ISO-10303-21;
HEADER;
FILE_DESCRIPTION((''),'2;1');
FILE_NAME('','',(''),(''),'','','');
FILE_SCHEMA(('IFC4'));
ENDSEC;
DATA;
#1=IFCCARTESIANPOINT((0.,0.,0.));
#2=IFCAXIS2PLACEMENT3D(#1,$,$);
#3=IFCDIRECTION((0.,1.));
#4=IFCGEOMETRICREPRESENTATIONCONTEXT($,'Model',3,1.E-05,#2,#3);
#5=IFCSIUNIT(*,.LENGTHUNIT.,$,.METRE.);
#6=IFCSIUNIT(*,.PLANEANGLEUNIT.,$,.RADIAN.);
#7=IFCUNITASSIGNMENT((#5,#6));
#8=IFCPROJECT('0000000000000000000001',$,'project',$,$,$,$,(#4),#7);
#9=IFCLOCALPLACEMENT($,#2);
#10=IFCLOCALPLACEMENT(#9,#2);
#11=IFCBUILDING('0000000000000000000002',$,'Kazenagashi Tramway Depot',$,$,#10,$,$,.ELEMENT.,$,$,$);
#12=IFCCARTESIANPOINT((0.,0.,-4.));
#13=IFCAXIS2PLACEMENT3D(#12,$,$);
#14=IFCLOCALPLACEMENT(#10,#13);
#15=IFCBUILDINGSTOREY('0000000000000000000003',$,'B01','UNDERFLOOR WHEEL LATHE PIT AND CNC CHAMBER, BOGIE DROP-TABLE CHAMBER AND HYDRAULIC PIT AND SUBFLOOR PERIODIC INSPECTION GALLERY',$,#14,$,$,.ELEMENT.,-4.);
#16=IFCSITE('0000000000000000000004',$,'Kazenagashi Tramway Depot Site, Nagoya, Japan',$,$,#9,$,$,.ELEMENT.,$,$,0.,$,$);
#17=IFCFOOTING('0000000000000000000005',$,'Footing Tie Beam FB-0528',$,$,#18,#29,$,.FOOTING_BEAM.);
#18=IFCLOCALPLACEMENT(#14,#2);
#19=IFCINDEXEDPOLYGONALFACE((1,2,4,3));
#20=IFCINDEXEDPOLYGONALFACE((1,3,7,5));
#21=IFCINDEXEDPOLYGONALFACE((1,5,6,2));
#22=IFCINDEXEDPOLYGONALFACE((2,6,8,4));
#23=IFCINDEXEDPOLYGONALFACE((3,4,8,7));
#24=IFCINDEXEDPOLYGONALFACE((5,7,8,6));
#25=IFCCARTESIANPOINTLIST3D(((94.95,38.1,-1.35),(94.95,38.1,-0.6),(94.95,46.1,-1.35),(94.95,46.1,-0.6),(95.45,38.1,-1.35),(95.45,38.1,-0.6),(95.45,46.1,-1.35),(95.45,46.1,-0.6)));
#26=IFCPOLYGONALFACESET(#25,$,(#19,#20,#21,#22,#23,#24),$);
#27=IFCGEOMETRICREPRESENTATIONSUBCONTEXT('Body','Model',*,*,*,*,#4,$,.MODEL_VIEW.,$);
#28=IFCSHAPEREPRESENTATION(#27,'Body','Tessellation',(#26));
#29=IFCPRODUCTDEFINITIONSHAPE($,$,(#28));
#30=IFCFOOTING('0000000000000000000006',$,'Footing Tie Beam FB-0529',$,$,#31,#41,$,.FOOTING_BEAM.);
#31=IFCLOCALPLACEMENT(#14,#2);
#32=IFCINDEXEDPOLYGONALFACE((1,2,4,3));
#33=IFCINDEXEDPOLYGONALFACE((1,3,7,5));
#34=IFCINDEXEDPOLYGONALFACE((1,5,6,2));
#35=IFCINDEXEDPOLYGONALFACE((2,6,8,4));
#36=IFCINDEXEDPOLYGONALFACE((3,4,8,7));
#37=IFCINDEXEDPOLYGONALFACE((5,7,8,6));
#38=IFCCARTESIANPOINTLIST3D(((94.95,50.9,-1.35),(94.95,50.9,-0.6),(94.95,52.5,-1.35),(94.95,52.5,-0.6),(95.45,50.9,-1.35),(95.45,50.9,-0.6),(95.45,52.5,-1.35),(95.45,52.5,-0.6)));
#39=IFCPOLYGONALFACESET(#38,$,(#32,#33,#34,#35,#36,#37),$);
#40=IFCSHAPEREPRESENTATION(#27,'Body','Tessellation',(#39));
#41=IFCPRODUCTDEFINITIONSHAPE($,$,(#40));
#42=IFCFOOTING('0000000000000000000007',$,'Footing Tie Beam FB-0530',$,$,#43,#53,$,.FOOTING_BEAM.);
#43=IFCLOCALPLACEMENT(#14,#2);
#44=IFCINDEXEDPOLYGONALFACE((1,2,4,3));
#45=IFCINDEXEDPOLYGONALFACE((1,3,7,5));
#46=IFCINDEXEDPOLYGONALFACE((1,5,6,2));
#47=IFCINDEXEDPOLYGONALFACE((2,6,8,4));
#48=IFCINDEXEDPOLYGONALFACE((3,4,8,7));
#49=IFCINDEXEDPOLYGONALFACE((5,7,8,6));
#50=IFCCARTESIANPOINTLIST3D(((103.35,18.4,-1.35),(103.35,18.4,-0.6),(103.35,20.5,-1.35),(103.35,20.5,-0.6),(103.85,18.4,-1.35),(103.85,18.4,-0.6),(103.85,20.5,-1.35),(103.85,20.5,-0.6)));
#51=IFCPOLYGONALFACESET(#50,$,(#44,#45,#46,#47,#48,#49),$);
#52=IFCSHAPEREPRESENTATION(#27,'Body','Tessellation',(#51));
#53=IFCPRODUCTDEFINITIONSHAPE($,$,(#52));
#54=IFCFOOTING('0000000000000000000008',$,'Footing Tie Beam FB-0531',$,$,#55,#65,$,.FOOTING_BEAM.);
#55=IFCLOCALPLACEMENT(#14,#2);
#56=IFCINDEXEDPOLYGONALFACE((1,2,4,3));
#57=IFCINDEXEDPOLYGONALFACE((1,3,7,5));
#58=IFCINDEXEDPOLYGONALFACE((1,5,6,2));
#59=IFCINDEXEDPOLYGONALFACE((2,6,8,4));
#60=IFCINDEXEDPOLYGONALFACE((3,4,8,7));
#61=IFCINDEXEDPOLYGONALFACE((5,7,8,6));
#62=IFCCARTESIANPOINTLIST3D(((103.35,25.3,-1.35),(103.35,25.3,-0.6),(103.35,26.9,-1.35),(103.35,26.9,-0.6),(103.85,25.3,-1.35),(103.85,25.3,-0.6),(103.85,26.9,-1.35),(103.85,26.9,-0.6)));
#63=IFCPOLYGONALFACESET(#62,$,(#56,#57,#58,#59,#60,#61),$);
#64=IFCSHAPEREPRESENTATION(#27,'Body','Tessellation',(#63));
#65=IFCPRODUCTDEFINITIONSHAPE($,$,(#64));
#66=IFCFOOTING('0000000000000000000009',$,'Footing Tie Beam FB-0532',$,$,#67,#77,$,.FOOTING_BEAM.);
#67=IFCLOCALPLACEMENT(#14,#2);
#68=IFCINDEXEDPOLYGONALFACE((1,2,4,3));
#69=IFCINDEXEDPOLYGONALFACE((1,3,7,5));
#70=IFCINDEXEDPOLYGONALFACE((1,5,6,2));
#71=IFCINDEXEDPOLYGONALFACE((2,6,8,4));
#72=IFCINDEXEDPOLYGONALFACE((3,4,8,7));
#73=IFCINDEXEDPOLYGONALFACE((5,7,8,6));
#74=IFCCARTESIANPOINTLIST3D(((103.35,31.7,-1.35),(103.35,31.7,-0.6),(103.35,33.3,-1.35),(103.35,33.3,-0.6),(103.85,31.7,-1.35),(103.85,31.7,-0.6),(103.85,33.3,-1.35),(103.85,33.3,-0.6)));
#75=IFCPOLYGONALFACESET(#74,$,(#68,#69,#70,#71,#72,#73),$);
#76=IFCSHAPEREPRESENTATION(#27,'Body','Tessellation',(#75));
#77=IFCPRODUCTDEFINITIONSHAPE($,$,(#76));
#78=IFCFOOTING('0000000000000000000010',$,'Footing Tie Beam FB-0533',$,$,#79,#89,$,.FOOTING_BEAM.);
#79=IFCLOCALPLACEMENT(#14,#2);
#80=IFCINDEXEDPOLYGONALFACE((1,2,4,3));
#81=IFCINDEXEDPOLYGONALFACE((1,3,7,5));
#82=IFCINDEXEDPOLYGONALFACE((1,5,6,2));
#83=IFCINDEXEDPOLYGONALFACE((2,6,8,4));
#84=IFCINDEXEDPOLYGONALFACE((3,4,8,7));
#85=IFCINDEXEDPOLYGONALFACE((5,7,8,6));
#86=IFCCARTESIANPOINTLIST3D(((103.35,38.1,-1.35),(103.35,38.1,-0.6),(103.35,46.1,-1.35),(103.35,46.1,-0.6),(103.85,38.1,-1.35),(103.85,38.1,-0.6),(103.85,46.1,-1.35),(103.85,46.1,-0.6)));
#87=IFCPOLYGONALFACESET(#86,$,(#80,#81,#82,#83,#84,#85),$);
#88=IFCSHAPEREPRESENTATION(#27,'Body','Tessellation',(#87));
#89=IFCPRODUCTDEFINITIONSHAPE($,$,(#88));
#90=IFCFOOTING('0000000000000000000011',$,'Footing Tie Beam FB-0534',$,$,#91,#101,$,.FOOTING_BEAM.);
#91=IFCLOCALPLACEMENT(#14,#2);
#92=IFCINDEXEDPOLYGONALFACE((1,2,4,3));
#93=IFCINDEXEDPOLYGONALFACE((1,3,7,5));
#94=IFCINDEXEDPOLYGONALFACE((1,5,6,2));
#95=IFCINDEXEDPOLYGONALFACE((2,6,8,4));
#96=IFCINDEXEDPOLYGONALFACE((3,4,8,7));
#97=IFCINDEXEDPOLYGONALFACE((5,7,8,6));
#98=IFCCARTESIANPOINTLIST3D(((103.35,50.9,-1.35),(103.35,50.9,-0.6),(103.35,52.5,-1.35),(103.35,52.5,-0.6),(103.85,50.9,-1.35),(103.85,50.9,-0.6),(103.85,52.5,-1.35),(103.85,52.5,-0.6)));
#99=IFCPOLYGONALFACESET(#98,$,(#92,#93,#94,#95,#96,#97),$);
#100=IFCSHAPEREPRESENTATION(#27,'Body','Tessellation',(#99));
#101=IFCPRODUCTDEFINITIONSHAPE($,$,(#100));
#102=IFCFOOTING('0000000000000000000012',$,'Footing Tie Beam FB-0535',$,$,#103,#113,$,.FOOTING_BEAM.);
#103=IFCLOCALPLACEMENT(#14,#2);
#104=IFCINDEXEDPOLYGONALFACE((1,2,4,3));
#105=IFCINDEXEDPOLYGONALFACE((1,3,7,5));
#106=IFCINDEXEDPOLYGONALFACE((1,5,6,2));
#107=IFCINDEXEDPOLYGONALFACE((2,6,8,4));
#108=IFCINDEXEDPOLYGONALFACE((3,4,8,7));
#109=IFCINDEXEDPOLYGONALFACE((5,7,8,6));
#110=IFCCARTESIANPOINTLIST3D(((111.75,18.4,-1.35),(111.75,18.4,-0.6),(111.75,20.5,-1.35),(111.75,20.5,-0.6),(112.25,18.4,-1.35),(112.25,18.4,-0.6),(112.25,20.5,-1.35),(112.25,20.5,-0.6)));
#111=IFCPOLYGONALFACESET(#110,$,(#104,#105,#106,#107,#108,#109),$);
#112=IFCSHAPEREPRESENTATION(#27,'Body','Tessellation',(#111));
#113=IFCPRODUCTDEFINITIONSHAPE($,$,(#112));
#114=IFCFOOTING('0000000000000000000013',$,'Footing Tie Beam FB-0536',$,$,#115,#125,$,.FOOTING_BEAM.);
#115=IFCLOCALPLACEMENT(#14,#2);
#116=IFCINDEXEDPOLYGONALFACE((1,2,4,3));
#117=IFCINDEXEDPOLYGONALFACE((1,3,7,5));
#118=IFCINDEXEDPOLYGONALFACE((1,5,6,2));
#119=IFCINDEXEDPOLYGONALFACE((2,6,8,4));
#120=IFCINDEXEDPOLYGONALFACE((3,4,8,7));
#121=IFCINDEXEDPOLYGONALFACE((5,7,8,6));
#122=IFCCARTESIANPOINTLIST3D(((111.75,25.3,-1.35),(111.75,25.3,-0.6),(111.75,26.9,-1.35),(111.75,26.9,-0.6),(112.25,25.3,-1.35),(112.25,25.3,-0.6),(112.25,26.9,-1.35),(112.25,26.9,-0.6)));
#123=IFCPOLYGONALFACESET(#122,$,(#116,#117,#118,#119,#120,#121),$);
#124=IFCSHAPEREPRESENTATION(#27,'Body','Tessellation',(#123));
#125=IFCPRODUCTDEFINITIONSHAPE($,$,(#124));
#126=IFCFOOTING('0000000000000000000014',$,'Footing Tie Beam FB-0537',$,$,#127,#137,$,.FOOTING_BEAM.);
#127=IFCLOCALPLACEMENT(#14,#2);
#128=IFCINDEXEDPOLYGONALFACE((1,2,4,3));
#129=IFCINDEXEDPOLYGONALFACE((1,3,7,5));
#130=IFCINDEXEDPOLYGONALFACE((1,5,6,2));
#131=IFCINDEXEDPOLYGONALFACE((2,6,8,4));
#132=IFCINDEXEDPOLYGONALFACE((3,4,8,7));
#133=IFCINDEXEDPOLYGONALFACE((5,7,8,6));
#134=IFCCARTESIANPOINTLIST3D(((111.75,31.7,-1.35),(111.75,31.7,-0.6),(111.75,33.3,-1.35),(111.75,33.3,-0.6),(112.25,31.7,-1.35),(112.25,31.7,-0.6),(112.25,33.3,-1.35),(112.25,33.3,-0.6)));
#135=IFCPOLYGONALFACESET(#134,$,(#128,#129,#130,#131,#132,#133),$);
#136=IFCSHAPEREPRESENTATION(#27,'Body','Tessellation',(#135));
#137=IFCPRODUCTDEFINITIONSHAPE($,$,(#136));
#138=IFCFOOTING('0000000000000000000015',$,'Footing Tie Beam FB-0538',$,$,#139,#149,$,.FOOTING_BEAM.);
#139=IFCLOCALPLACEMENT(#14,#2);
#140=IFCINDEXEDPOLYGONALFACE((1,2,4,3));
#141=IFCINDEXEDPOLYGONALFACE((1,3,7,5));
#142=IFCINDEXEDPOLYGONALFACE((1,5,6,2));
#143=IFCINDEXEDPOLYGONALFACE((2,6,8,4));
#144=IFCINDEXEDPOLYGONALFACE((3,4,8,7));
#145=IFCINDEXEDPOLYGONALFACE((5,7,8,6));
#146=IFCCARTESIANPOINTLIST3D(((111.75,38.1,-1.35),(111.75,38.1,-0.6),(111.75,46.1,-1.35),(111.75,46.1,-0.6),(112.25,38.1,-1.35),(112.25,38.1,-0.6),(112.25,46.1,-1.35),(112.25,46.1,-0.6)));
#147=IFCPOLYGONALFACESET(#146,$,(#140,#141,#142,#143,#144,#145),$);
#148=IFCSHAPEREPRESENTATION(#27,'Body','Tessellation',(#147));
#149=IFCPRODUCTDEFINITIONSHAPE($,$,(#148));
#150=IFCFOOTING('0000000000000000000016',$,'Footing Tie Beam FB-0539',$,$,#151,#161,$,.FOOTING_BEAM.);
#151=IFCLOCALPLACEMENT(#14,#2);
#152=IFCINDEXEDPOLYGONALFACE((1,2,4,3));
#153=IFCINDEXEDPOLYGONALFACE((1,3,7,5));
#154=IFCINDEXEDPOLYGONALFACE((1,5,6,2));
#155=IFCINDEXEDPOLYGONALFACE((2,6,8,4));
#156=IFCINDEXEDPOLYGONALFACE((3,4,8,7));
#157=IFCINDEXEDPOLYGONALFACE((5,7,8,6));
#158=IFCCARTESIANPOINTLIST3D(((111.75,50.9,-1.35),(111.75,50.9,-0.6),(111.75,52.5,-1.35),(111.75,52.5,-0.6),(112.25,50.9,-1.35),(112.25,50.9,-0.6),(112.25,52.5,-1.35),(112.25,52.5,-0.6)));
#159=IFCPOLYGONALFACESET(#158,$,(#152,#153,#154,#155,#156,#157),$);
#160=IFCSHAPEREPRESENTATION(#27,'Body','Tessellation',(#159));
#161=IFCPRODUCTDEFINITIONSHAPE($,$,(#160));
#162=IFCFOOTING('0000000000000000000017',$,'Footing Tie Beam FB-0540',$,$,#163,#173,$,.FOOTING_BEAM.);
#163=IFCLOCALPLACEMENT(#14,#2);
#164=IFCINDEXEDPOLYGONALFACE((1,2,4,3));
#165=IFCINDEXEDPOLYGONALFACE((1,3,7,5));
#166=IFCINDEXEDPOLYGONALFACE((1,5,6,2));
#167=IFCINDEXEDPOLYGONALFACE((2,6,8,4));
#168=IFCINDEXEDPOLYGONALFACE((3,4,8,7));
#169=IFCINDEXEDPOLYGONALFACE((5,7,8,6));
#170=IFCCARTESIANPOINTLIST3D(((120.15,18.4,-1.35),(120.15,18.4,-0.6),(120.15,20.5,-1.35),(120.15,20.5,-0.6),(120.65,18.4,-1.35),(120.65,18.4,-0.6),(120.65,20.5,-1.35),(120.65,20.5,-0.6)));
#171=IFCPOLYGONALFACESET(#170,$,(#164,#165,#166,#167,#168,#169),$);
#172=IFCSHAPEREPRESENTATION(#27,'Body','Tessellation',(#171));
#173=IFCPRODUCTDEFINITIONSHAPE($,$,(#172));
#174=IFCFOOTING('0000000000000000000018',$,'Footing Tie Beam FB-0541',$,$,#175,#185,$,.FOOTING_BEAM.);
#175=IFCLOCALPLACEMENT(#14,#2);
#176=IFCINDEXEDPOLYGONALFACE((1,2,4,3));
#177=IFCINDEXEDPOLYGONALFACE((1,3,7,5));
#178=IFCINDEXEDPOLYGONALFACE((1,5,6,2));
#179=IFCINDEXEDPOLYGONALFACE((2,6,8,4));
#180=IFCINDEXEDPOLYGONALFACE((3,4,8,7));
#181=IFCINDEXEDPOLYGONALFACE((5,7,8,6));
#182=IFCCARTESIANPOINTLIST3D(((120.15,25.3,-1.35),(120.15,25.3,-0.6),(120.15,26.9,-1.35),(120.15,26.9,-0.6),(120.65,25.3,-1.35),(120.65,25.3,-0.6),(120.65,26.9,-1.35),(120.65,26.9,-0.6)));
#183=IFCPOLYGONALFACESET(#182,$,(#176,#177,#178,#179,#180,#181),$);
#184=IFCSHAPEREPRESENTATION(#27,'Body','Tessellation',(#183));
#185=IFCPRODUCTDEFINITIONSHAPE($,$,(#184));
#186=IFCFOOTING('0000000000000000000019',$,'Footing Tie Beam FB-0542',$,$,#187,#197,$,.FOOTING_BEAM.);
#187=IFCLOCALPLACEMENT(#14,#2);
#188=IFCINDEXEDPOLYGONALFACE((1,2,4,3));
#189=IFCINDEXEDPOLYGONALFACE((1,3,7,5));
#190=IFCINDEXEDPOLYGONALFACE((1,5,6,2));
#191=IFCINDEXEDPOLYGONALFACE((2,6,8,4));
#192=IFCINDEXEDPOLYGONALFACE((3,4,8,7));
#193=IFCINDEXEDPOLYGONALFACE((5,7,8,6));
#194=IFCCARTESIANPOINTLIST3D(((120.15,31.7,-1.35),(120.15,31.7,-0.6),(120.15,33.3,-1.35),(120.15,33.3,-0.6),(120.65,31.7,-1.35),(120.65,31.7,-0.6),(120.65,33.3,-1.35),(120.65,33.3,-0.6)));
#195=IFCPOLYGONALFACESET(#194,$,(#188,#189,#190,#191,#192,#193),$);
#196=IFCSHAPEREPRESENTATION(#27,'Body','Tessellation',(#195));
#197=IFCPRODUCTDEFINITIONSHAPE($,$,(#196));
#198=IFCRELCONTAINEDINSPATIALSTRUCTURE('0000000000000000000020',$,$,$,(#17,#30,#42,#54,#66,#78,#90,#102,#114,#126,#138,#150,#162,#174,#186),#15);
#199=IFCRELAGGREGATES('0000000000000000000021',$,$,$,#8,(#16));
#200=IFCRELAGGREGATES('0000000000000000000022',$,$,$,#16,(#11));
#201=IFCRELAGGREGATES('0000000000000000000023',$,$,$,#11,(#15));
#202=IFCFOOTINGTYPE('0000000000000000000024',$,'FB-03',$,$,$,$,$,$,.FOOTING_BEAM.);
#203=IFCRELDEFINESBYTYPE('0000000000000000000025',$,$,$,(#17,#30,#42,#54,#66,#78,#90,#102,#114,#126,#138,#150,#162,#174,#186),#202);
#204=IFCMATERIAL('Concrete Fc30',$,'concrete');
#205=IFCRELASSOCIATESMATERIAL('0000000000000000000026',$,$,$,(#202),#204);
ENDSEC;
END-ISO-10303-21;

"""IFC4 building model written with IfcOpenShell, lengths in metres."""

from ifc_helpers import new_model, si_unit, direction, frame, origin, place, context, subcontext, project, spatial, polyline, outline, extrude, material, type_object, element, save


model = new_model("IFC4")

# Units and contexts
model_context = context("Model", 3, precision=1e-05, world=origin(), true_north=direction((0.0, 1.0)))
body_context = subcontext(model_context, "Body", "Model", "MODEL_VIEW")
ifc_project = project(units=[si_unit("LENGTHUNIT", "METRE"), si_unit("PLANEANGLEUNIT", "RADIAN")], contexts=[model_context])

# Site, building, storey
site_placement = place(None, origin())
site = spatial("IfcSite", under=ifc_project, at=site_placement, Name="Kazenagashi Tramway Depot Site, Nagoya, Japan", CompositionType="ELEMENT", RefElevation=0.0)
building_placement = place(site_placement, origin())
building = spatial("IfcBuilding", under=site, at=building_placement, Name="Kazenagashi Tramway Depot", CompositionType="ELEMENT")
storey_placement = place(building_placement, frame((0.0, 0.0, -4.0)))
storey = spatial("IfcBuildingStorey", under=building, at=storey_placement, Name="B01", Description="UNDERFLOOR WHEEL LATHE PIT AND CNC CHAMBER, BOGIE DROP-TABLE CHAMBER AND HYDRAULIC PIT AND SUBFLOOR PERIODIC INSPECTION GALLERY", CompositionType="ELEMENT", Elevation=-4.0)

# Footings
ifc_material = material(Name="Concrete Fc30", Category="concrete")
footing_type = type_object("IfcFootingType", Name="FB-03", PredefinedType="FOOTING_BEAM", material=ifc_material)
footing_1_placement = place(storey_placement, frame((0.0, 0.0, -1.35)))
element("IfcFooting", 1, at=footing_1_placement, inside=storey, type_object=footing_type, Name="Footing Tie Beam FB-0528", PredefinedType="FOOTING_BEAM", context=body_context, shape_type="SweptSolid", body=[
    extrude(outline(polyline([(94.95, 38.1), (95.45, 38.1), (95.45, 46.1), (94.95, 46.1), (94.95, 38.1)])), origin(), (0.0, 0.0, 1.0), 0.75),
])
footing_2_placement = place(storey_placement, frame((0.0, 0.0, -1.35)))
element("IfcFooting", 2, at=footing_2_placement, inside=storey, type_object=footing_type, Name="Footing Tie Beam FB-0529", PredefinedType="FOOTING_BEAM", context=body_context, shape_type="SweptSolid", body=[
    extrude(outline(polyline([(94.95, 50.9), (95.45, 50.9), (95.45, 52.5), (94.95, 52.5), (94.95, 50.9)])), origin(), (0.0, 0.0, 1.0), 0.75),
])
footing_3_placement = place(storey_placement, frame((0.0, 0.0, -1.35)))
element("IfcFooting", 3, at=footing_3_placement, inside=storey, type_object=footing_type, Name="Footing Tie Beam FB-0530", PredefinedType="FOOTING_BEAM", context=body_context, shape_type="SweptSolid", body=[
    extrude(outline(polyline([(103.35, 18.4), (103.85, 18.4), (103.85, 20.5), (103.35, 20.5), (103.35, 18.4)])), origin(), (0.0, 0.0, 1.0), 0.75),
])
footing_4_placement = place(storey_placement, frame((0.0, 0.0, -1.35)))
element("IfcFooting", 4, at=footing_4_placement, inside=storey, type_object=footing_type, Name="Footing Tie Beam FB-0531", PredefinedType="FOOTING_BEAM", context=body_context, shape_type="SweptSolid", body=[
    extrude(outline(polyline([(103.35, 25.3), (103.85, 25.3), (103.85, 26.9), (103.35, 26.9), (103.35, 25.3)])), origin(), (0.0, 0.0, 1.0), 0.75),
])
footing_5_placement = place(storey_placement, frame((0.0, 0.0, -1.35)))
element("IfcFooting", 5, at=footing_5_placement, inside=storey, type_object=footing_type, Name="Footing Tie Beam FB-0532", PredefinedType="FOOTING_BEAM", context=body_context, shape_type="SweptSolid", body=[
    extrude(outline(polyline([(103.35, 31.7), (103.85, 31.7), (103.85, 33.3), (103.35, 33.3), (103.35, 31.7)])), origin(), (0.0, 0.0, 1.0), 0.75),
])
footing_6_placement = place(storey_placement, frame((0.0, 0.0, -1.35)))
element("IfcFooting", 6, at=footing_6_placement, inside=storey, type_object=footing_type, Name="Footing Tie Beam FB-0533", PredefinedType="FOOTING_BEAM", context=body_context, shape_type="SweptSolid", body=[
    extrude(outline(polyline([(103.35, 38.1), (103.85, 38.1), (103.85, 46.1), (103.35, 46.1), (103.35, 38.1)])), origin(), (0.0, 0.0, 1.0), 0.75),
])
footing_7_placement = place(storey_placement, frame((0.0, 0.0, -1.35)))
element("IfcFooting", 7, at=footing_7_placement, inside=storey, type_object=footing_type, Name="Footing Tie Beam FB-0534", PredefinedType="FOOTING_BEAM", context=body_context, shape_type="SweptSolid", body=[
    extrude(outline(polyline([(103.35, 50.9), (103.85, 50.9), (103.85, 52.5), (103.35, 52.5), (103.35, 50.9)])), origin(), (0.0, 0.0, 1.0), 0.75),
])
footing_8_placement = place(storey_placement, frame((0.0, 0.0, -1.35)))
element("IfcFooting", 8, at=footing_8_placement, inside=storey, type_object=footing_type, Name="Footing Tie Beam FB-0535", PredefinedType="FOOTING_BEAM", context=body_context, shape_type="SweptSolid", body=[
    extrude(outline(polyline([(111.75, 18.4), (112.25, 18.4), (112.25, 20.5), (111.75, 20.5), (111.75, 18.4)])), origin(), (0.0, 0.0, 1.0), 0.75),
])
footing_9_placement = place(storey_placement, frame((0.0, 0.0, -1.35)))
element("IfcFooting", 9, at=footing_9_placement, inside=storey, type_object=footing_type, Name="Footing Tie Beam FB-0536", PredefinedType="FOOTING_BEAM", context=body_context, shape_type="SweptSolid", body=[
    extrude(outline(polyline([(111.75, 25.3), (112.25, 25.3), (112.25, 26.9), (111.75, 26.9), (111.75, 25.3)])), origin(), (0.0, 0.0, 1.0), 0.75),
])
footing_10_placement = place(storey_placement, frame((0.0, 0.0, -1.35)))
element("IfcFooting", 10, at=footing_10_placement, inside=storey, type_object=footing_type, Name="Footing Tie Beam FB-0537", PredefinedType="FOOTING_BEAM", context=body_context, shape_type="SweptSolid", body=[
    extrude(outline(polyline([(111.75, 31.7), (112.25, 31.7), (112.25, 33.3), (111.75, 33.3), (111.75, 31.7)])), origin(), (0.0, 0.0, 1.0), 0.75),
])
footing_11_placement = place(storey_placement, frame((0.0, 0.0, -1.35)))
element("IfcFooting", 11, at=footing_11_placement, inside=storey, type_object=footing_type, Name="Footing Tie Beam FB-0538", PredefinedType="FOOTING_BEAM", context=body_context, shape_type="SweptSolid", body=[
    extrude(outline(polyline([(111.75, 38.1), (112.25, 38.1), (112.25, 46.1), (111.75, 46.1), (111.75, 38.1)])), origin(), (0.0, 0.0, 1.0), 0.75),
])
footing_12_placement = place(storey_placement, frame((0.0, 0.0, -1.35)))
element("IfcFooting", 12, at=footing_12_placement, inside=storey, type_object=footing_type, Name="Footing Tie Beam FB-0539", PredefinedType="FOOTING_BEAM", context=body_context, shape_type="SweptSolid", body=[
    extrude(outline(polyline([(111.75, 50.9), (112.25, 50.9), (112.25, 52.5), (111.75, 52.5), (111.75, 50.9)])), origin(), (0.0, 0.0, 1.0), 0.75),
])
footing_13_placement = place(storey_placement, frame((0.0, 0.0, -1.35)))
element("IfcFooting", 13, at=footing_13_placement, inside=storey, type_object=footing_type, Name="Footing Tie Beam FB-0540", PredefinedType="FOOTING_BEAM", context=body_context, shape_type="SweptSolid", body=[
    extrude(outline(polyline([(120.15, 18.4), (120.65, 18.4), (120.65, 20.5), (120.15, 20.5), (120.15, 18.4)])), origin(), (0.0, 0.0, 1.0), 0.75),
])
footing_14_placement = place(storey_placement, frame((0.0, 0.0, -1.35)))
element("IfcFooting", 14, at=footing_14_placement, inside=storey, type_object=footing_type, Name="Footing Tie Beam FB-0541", PredefinedType="FOOTING_BEAM", context=body_context, shape_type="SweptSolid", body=[
    extrude(outline(polyline([(120.15, 25.3), (120.65, 25.3), (120.65, 26.9), (120.15, 26.9), (120.15, 25.3)])), origin(), (0.0, 0.0, 1.0), 0.75),
])
footing_15_placement = place(storey_placement, frame((0.0, 0.0, -1.35)))
element("IfcFooting", 15, at=footing_15_placement, inside=storey, type_object=footing_type, Name="Footing Tie Beam FB-0542", PredefinedType="FOOTING_BEAM", context=body_context, shape_type="SweptSolid", body=[
    extrude(outline(polyline([(120.15, 31.7), (120.65, 31.7), (120.65, 33.3), (120.15, 33.3), (120.15, 31.7)])), origin(), (0.0, 0.0, 1.0), 0.75),
])

save(model, "model.ifc")
